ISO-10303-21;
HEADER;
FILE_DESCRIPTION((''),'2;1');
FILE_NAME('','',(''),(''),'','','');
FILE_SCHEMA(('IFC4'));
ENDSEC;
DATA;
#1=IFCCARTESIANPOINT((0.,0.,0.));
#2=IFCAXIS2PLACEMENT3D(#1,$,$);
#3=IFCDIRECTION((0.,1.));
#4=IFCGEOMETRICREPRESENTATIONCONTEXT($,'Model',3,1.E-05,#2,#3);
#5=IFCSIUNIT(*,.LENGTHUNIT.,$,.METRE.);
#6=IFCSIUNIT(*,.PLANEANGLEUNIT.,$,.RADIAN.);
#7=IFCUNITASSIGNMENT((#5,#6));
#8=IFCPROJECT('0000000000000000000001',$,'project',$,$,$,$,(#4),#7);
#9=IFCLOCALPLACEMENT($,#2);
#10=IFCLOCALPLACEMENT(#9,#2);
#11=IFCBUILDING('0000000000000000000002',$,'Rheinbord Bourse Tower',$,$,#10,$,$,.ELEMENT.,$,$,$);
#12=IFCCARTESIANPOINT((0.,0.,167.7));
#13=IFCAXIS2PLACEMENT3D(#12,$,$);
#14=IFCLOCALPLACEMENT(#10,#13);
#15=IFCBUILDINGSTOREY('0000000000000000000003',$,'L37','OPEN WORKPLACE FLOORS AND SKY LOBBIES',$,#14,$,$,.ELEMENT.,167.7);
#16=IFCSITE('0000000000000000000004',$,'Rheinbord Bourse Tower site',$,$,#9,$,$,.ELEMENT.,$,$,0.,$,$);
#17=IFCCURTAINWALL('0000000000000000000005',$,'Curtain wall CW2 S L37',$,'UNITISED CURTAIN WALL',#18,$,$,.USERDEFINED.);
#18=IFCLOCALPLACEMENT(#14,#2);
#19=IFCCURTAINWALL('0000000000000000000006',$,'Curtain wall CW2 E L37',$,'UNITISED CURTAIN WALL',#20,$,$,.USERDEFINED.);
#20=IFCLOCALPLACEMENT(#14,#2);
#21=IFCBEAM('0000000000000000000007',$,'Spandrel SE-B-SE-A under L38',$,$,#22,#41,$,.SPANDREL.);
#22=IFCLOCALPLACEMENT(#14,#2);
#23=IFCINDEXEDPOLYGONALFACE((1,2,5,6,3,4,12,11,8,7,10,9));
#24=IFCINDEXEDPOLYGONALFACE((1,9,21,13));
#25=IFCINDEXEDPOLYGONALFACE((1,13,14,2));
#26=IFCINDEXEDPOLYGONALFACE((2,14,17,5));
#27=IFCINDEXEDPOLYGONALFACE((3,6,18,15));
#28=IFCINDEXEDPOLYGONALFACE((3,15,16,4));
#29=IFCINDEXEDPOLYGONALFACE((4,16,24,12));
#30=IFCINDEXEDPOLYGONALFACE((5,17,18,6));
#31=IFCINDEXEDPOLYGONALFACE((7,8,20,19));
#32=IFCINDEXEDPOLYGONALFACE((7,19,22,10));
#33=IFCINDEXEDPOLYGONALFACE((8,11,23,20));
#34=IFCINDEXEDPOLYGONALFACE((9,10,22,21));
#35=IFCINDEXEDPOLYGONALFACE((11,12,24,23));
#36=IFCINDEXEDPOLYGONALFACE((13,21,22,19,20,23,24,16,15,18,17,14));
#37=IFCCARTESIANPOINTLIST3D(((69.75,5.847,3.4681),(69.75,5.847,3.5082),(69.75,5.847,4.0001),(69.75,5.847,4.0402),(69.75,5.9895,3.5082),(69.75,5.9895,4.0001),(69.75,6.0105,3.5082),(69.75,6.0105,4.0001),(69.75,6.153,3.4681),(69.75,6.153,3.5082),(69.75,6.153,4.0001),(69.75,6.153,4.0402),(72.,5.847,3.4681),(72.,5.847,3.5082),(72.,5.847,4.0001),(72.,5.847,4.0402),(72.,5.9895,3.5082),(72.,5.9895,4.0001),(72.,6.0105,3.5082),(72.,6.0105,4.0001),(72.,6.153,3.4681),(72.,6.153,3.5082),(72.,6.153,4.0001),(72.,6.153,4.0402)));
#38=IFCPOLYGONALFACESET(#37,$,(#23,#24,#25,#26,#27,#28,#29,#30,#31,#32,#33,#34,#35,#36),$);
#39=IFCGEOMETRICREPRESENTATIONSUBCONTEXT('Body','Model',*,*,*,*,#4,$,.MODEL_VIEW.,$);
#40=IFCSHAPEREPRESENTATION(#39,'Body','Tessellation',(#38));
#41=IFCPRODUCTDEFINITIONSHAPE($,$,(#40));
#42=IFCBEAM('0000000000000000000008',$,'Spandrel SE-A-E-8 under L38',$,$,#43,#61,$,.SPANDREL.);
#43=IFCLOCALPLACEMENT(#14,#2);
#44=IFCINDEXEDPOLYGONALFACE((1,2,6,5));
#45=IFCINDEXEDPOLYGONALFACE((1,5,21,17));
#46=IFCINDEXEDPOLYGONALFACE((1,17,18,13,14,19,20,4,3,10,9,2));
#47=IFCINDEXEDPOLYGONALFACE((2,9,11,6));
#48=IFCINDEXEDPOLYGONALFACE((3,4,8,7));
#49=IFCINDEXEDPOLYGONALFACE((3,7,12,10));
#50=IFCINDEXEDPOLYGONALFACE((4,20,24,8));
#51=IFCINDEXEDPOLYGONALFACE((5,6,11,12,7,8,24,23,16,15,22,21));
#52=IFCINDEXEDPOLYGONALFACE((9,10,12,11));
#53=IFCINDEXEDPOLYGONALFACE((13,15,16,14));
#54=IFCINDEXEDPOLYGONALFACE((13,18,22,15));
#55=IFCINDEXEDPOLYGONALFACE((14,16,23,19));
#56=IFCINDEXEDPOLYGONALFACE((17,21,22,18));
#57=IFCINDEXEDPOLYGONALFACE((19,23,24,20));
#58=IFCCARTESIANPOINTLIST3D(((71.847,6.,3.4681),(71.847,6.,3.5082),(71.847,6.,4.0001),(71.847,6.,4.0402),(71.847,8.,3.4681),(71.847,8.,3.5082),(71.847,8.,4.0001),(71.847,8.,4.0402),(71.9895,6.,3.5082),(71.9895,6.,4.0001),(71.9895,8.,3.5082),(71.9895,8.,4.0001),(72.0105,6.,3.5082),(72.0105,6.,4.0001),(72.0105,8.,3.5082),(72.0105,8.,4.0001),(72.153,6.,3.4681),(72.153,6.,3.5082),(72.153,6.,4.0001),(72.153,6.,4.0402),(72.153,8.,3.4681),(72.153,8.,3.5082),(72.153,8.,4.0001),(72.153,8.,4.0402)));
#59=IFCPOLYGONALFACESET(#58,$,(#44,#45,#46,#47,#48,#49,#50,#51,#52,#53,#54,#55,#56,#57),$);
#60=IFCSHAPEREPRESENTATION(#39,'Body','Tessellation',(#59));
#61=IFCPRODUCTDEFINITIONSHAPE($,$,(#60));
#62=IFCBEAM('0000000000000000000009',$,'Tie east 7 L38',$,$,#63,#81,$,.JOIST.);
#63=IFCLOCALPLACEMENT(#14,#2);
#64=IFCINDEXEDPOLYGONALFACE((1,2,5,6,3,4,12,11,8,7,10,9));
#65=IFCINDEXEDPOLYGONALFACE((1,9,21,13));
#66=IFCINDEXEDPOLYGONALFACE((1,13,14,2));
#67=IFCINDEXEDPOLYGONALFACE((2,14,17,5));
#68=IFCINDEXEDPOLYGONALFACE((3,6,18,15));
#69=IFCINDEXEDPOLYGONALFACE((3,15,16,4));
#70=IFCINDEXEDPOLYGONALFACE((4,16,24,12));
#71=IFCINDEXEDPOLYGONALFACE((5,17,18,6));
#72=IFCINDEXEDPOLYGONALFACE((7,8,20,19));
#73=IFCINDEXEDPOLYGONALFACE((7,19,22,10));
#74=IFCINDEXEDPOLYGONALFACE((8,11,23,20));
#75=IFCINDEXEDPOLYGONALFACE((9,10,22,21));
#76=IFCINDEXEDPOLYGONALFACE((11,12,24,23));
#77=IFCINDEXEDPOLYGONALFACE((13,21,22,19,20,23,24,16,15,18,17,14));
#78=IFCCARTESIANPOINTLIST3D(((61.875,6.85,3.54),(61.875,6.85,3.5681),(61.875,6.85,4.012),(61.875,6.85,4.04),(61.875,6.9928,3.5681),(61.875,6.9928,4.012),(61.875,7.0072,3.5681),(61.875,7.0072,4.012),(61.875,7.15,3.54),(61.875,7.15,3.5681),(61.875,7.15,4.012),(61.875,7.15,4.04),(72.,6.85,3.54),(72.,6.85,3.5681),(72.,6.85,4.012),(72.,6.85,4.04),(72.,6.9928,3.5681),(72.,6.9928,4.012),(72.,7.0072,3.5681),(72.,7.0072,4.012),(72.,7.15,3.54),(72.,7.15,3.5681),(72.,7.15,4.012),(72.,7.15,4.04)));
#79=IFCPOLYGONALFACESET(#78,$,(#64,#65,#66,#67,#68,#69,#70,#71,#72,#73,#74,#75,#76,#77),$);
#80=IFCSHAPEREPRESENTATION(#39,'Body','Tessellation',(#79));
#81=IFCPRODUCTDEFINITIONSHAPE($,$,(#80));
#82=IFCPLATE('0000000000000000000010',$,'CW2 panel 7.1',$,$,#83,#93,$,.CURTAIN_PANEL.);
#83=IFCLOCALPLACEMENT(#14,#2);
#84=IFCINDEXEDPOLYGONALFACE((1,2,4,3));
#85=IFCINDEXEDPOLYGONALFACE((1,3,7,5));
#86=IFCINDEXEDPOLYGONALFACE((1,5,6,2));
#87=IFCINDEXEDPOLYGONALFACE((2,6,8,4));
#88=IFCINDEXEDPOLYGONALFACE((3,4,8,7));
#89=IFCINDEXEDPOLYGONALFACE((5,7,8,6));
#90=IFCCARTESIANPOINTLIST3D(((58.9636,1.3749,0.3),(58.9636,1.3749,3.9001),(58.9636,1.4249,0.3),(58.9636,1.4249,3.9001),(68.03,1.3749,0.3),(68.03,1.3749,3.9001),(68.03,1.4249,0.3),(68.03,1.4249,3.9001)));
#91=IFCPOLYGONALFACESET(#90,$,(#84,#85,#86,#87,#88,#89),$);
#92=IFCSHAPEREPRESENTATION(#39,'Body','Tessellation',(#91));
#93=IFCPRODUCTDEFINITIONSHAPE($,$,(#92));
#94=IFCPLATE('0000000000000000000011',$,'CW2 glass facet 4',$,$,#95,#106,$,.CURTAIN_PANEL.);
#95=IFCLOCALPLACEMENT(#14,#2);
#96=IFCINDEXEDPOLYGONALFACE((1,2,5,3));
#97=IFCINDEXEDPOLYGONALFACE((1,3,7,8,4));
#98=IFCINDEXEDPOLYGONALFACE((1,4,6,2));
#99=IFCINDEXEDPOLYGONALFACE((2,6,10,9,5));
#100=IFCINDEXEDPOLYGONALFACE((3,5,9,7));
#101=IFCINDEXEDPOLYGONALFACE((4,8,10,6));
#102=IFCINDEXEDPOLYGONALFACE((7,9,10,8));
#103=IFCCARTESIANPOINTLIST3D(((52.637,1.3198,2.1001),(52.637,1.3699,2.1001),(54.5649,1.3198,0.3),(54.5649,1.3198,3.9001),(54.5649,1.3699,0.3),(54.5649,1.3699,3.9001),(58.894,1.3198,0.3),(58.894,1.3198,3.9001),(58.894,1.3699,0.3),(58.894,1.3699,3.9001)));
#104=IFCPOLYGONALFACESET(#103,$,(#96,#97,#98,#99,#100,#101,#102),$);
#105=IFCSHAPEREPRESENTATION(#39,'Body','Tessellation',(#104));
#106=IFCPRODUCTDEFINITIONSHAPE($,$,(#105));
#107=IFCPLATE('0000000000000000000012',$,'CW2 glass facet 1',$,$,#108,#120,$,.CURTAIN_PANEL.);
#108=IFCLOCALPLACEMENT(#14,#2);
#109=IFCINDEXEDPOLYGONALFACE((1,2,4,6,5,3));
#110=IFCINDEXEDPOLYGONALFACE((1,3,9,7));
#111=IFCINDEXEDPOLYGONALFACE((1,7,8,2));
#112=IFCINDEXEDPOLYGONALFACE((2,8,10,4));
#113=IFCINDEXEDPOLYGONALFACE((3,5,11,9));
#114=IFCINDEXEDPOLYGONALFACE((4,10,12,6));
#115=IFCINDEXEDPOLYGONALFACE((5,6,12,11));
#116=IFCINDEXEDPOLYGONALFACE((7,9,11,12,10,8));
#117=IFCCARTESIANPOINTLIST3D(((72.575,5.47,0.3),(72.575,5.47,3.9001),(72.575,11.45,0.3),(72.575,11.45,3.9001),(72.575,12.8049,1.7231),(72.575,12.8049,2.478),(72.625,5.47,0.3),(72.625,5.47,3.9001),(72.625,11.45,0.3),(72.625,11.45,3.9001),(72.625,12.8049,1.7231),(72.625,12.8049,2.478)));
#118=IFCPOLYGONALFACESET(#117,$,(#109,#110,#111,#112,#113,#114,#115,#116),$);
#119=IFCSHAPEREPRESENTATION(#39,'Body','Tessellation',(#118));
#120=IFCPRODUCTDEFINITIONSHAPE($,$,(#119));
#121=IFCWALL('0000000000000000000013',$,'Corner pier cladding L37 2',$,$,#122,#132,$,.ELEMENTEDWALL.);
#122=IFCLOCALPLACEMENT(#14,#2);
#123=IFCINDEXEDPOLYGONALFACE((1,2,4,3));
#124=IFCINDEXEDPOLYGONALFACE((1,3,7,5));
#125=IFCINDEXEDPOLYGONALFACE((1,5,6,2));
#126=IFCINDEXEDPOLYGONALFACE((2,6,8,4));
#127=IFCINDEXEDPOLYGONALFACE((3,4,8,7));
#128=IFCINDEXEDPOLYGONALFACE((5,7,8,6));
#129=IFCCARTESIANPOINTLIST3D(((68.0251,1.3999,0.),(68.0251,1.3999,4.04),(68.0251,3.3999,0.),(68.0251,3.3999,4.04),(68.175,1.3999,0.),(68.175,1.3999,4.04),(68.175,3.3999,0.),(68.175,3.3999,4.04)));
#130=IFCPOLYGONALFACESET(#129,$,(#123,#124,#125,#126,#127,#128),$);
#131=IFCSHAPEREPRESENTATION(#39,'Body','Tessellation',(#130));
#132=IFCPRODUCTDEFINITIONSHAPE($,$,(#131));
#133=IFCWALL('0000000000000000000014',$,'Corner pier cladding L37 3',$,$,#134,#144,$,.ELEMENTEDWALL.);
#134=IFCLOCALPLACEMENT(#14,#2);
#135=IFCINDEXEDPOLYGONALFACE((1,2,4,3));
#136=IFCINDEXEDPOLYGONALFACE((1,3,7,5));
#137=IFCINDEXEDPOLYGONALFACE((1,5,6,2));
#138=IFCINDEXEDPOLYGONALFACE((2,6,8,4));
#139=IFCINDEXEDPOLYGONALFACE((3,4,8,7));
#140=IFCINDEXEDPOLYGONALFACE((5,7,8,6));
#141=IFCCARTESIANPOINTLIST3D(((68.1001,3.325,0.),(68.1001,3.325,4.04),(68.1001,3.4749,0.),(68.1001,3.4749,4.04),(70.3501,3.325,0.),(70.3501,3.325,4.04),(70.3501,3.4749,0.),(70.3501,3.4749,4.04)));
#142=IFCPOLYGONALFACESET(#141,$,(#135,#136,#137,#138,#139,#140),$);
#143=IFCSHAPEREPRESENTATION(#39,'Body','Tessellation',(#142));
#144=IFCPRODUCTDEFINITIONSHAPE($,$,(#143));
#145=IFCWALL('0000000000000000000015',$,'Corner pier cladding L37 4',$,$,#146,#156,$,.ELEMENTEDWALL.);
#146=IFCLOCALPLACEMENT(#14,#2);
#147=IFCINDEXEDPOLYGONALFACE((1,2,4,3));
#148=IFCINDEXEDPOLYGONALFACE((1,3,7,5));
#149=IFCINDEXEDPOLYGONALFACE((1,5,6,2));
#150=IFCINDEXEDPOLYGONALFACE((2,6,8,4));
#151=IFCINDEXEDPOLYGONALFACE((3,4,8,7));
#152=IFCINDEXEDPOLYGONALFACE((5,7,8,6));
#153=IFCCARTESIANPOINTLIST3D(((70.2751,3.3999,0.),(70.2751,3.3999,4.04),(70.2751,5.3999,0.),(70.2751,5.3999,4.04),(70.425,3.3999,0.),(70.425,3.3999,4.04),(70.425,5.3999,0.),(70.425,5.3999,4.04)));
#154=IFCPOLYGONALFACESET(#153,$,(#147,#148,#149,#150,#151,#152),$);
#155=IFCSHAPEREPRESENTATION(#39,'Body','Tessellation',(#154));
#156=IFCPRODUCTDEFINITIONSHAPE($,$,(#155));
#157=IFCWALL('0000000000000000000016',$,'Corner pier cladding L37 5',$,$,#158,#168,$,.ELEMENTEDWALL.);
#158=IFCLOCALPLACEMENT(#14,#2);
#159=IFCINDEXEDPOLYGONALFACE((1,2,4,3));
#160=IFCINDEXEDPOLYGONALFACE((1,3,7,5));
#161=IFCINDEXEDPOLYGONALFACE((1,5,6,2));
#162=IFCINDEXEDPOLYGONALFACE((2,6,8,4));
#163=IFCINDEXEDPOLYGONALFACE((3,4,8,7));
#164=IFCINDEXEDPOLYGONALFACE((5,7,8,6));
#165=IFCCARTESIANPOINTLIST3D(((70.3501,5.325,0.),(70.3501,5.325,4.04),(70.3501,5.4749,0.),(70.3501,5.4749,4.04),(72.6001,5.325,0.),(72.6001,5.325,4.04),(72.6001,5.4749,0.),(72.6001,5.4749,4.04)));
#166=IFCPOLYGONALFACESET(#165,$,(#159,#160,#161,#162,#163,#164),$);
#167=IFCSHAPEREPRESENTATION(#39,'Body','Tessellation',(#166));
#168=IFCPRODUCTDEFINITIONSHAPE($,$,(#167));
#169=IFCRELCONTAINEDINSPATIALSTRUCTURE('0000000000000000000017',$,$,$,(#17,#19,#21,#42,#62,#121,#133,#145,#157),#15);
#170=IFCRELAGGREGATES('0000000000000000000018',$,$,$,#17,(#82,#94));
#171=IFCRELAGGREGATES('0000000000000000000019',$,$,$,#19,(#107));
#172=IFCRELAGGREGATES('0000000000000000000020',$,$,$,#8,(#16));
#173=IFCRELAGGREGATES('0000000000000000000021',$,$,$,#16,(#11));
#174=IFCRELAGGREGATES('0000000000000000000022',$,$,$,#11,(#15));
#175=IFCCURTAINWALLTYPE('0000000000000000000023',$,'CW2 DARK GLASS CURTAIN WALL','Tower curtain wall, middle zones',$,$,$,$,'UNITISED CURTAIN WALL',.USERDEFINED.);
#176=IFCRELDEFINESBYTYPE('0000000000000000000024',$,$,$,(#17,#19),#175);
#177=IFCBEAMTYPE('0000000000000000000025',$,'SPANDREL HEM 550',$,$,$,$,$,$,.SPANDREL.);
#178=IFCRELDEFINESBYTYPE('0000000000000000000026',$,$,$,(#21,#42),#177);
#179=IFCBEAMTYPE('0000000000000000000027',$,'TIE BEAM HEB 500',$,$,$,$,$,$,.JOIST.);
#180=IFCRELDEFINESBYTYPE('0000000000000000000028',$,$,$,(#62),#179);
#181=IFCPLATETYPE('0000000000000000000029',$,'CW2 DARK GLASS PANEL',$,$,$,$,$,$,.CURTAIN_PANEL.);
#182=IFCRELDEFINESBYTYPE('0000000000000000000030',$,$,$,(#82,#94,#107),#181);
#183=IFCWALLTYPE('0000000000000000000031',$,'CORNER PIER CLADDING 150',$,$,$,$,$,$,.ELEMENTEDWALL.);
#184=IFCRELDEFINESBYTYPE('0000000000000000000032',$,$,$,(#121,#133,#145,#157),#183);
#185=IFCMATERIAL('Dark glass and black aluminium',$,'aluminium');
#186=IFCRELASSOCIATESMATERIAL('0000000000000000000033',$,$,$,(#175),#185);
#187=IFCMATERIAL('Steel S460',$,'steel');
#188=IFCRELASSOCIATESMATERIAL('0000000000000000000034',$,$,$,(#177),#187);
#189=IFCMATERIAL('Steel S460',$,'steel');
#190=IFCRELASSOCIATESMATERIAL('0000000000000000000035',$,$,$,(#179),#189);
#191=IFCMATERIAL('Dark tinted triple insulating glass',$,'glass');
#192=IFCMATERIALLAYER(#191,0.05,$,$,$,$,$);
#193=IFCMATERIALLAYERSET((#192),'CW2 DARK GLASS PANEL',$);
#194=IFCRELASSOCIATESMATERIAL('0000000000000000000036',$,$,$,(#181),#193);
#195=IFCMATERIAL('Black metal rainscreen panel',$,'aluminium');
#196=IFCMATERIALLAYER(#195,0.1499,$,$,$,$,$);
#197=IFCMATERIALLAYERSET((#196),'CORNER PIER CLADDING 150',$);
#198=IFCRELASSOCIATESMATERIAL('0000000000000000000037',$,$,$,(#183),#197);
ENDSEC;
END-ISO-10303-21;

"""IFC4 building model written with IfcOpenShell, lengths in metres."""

from ifc_helpers import new_model, si_unit, direction, frame, frame_2d, origin, origin_2d, place, context, subcontext, project, spatial, polyline, rectangle, i_section, outline, extrude, material, layer, layer_set, material_profile, profile_set, type_object, element, aggregate, save


model = new_model("IFC4")

# Units and contexts
model_context = context("Model", 3, precision=1e-05, world=origin(), true_north=direction((0.0, 1.0)))
body_context = subcontext(model_context, "Body", "Model", "MODEL_VIEW")
ifc_project = project(units=[si_unit("LENGTHUNIT", "METRE"), si_unit("PLANEANGLEUNIT", "RADIAN")], contexts=[model_context])

# Site, building, storey
site_placement = place(None, origin())
site = spatial("IfcSite", under=ifc_project, at=site_placement, Name="Rheinbord Bourse Tower site", CompositionType="ELEMENT", RefElevation=0.0)
building_placement = place(site_placement, origin())
building = spatial("IfcBuilding", under=site, at=building_placement, Name="Rheinbord Bourse Tower", CompositionType="ELEMENT")
storey_placement = place(building_placement, frame((0.0, 0.0, 167.7)))
storey = spatial("IfcBuildingStorey", under=building, at=storey_placement, Name="L37", Description="OPEN WORKPLACE FLOORS AND SKY LOBBIES", CompositionType="ELEMENT", Elevation=167.7)

# Curtain wall
ifc_material_1 = material(Name="Dark glass and black aluminium", Category="aluminium")
curtain_wall_type = type_object("IfcCurtainWallType", Name="CW2 DARK GLASS CURTAIN WALL", Description="Tower curtain wall, middle zones", ElementType="UNITISED CURTAIN WALL", PredefinedType="USERDEFINED", material=ifc_material_1)
curtain_wall_1_placement = place(storey_placement, origin())
curtain_wall_1 = element("IfcCurtainWall", 1, at=curtain_wall_1_placement, inside=storey, type_object=curtain_wall_type, Name="Curtain wall CW2 S L37", ObjectType="UNITISED CURTAIN WALL", PredefinedType="USERDEFINED")

# Curtain wall
curtain_wall_2_placement = place(storey_placement, origin())
curtain_wall_2 = element("IfcCurtainWall", 2, at=curtain_wall_2_placement, inside=storey, type_object=curtain_wall_type, Name="Curtain wall CW2 E L37", ObjectType="UNITISED CURTAIN WALL", PredefinedType="USERDEFINED")

# Beams
ifc_material_2 = material(Name="Steel S460", Category="steel")
ifc_material_profile_1 = material_profile(ifc_material_2, i_section(OverallWidth=0.3059, OverallDepth=0.572, WebThickness=0.021, FlangeThickness=0.04, at=origin_2d()), Name="HEM 550")
ifc_profile_set_1 = profile_set([ifc_material_profile_1], Name="Steel S460")
beam_type_1 = type_object("IfcBeamType", Name="SPANDREL HEM 550", PredefinedType="SPANDREL", material=ifc_profile_set_1)
beam_1_placement = place(storey_placement, frame((69.75, 6.0, 3.7542), z_axis=(1.0, 0.0, 0.0), x_axis=(0.0, 1.0, 0.0)))
element("IfcBeam", 3, at=beam_1_placement, inside=storey, type_object=beam_type_1, Name="Spandrel SE-B-SE-A under L38", PredefinedType="SPANDREL", context=body_context, shape_type="SweptSolid", body=[
    extrude(i_section(OverallWidth=0.3059, OverallDepth=0.572, WebThickness=0.021, FlangeThickness=0.04, at=origin_2d()), origin(), (0.0, 0.0, 1.0), 2.25),
])
beam_2_placement = place(storey_placement, frame((72.0, 6.0, 3.7542), z_axis=(0.0, 1.0, 0.0), x_axis=(-1.0, 0.0, 0.0)))
element("IfcBeam", 4, at=beam_2_placement, inside=storey, type_object=beam_type_1, Name="Spandrel SE-A-E-8 under L38", PredefinedType="SPANDREL", context=body_context, shape_type="SweptSolid", body=[
    extrude(i_section(OverallWidth=0.3059, OverallDepth=0.572, WebThickness=0.021, FlangeThickness=0.04, at=origin_2d()), origin(), (0.0, 0.0, 1.0), 2.0),
])
ifc_material_3 = material(Name="Steel S460", Category="steel")
ifc_material_profile_2 = material_profile(ifc_material_3, i_section(OverallWidth=0.3, OverallDepth=0.5, WebThickness=0.0144, FlangeThickness=0.0281, at=origin_2d()), Name="HEB 500")
ifc_profile_set_2 = profile_set([ifc_material_profile_2], Name="Steel S460")
beam_type_2 = type_object("IfcBeamType", Name="TIE BEAM HEB 500", PredefinedType="JOIST", material=ifc_profile_set_2)
beam_3_placement = place(storey_placement, frame((61.875, 7.0, 3.79), z_axis=(1.0, 0.0, 0.0), x_axis=(0.0, 1.0, 0.0)))
element("IfcBeam", 5, at=beam_3_placement, inside=storey, type_object=beam_type_2, Name="Tie east 7 L38", PredefinedType="JOIST", context=body_context, shape_type="SweptSolid", body=[
    extrude(i_section(OverallWidth=0.3, OverallDepth=0.5, WebThickness=0.0144, FlangeThickness=0.0281, at=origin_2d()), origin(), (0.0, 0.0, 1.0), 10.125),
])

# Plates
ifc_material_4 = material(Name="Dark tinted triple insulating glass", Category="glass")
ifc_layer_1 = layer(ifc_material_4, 0.05)
ifc_layer_set_1 = layer_set([ifc_layer_1], Name="CW2 DARK GLASS PANEL")
plate_type = type_object("IfcPlateType", Name="CW2 DARK GLASS PANEL", PredefinedType="CURTAIN_PANEL", material=ifc_layer_set_1)
plate_1_placement = place(storey_placement, frame((63.4968, 1.3999, 0.3), z_axis=(0.0, 0.0, 1.0), x_axis=(1.0, 0.0, 0.0)))
plate_1 = element("IfcPlate", 6, at=plate_1_placement, type_object=plate_type, Name="CW2 panel 7.1", PredefinedType="CURTAIN_PANEL", context=body_context, shape_type="SweptSolid", body=[
    extrude(rectangle(XDim=9.0664, YDim=0.05, at=origin_2d()), origin(), (0.0, 0.0, 1.0), 3.6001),
])
plate_2_placement = place(storey_placement, frame((58.894, 1.3198, 3.9001), z_axis=(0.0, 1.0, 0.0), x_axis=(0.0, 0.0, -1.0)))
plate_2 = element("IfcPlate", 7, at=plate_2_placement, type_object=plate_type, Name="CW2 glass facet 4", PredefinedType="CURTAIN_PANEL", context=body_context, shape_type="SweptSolid", body=[
    extrude(outline(polyline([(0.0, 0.0), (3.6001, 0.0), (3.6001, 4.3291), (1.8, 6.2571), (0.0, 4.3291), (0.0, 0.0)])), origin(), (0.0, 0.0, 1.0), 0.05),
])
aggregate(curtain_wall_1, [plate_1, plate_2])
plate_3_placement = place(storey_placement, frame((72.625, 5.47, 0.3), z_axis=(-1.0, 0.0, 0.0), x_axis=(0.0, 0.0, 1.0)))
plate_3 = element("IfcPlate", 8, at=plate_3_placement, type_object=plate_type, Name="CW2 glass facet 1", PredefinedType="CURTAIN_PANEL", context=body_context, shape_type="SweptSolid", body=[
    extrude(outline(polyline([(0.0, 0.0), (3.6001, 0.0), (3.6001, 5.98), (2.178, 7.335), (1.4231, 7.335), (0.0, 5.98), (0.0, 0.0)])), origin(), (0.0, 0.0, 1.0), 0.05),
])
aggregate(curtain_wall_2, [plate_3])

# Walls
ifc_material_5 = material(Name="Black metal rainscreen panel", Category="aluminium")
ifc_layer_2 = layer(ifc_material_5, 0.1499)
ifc_layer_set_2 = layer_set([ifc_layer_2], Name="CORNER PIER CLADDING 150")
wall_type = type_object("IfcWallType", Name="CORNER PIER CLADDING 150", PredefinedType="ELEMENTEDWALL", material=ifc_layer_set_2)
wall_1_placement = place(storey_placement, frame((68.1001, 1.3999, 0.0), z_axis=(0.0, 0.0, 1.0), x_axis=(0.0, 1.0, 0.0)))
element("IfcWall", 9, at=wall_1_placement, inside=storey, type_object=wall_type, Name="Corner pier cladding L37 2", PredefinedType="ELEMENTEDWALL", context=body_context, shape_type="SweptSolid", body=[
    extrude(rectangle(XDim=2.0, YDim=0.1499, at=frame_2d((1.0, 0.0))), origin(), (0.0, 0.0, 1.0), 4.04),
])
wall_2_placement = place(storey_placement, frame((68.1001, 3.3999, 0.0), z_axis=(0.0, 0.0, 1.0), x_axis=(1.0, 0.0, 0.0)))
element("IfcWall", 10, at=wall_2_placement, inside=storey, type_object=wall_type, Name="Corner pier cladding L37 3", PredefinedType="ELEMENTEDWALL", context=body_context, shape_type="SweptSolid", body=[
    extrude(rectangle(XDim=2.25, YDim=0.1499, at=frame_2d((1.125, 0.0))), origin(), (0.0, 0.0, 1.0), 4.04),
])
wall_3_placement = place(storey_placement, frame((70.3501, 3.3999, 0.0), z_axis=(0.0, 0.0, 1.0), x_axis=(0.0, 1.0, 0.0)))
element("IfcWall", 11, at=wall_3_placement, inside=storey, type_object=wall_type, Name="Corner pier cladding L37 4", PredefinedType="ELEMENTEDWALL", context=body_context, shape_type="SweptSolid", body=[
    extrude(rectangle(XDim=2.0, YDim=0.1499, at=frame_2d((1.0, 0.0))), origin(), (0.0, 0.0, 1.0), 4.04),
])
wall_4_placement = place(storey_placement, frame((70.3501, 5.3999, 0.0), z_axis=(0.0, 0.0, 1.0), x_axis=(1.0, 0.0, 0.0)))
element("IfcWall", 12, at=wall_4_placement, inside=storey, type_object=wall_type, Name="Corner pier cladding L37 5", PredefinedType="ELEMENTEDWALL", context=body_context, shape_type="SweptSolid", body=[
    extrude(rectangle(XDim=2.25, YDim=0.1499, at=frame_2d((1.125, 0.0))), origin(), (0.0, 0.0, 1.0), 4.04),
])

save(model, "model.ifc")
